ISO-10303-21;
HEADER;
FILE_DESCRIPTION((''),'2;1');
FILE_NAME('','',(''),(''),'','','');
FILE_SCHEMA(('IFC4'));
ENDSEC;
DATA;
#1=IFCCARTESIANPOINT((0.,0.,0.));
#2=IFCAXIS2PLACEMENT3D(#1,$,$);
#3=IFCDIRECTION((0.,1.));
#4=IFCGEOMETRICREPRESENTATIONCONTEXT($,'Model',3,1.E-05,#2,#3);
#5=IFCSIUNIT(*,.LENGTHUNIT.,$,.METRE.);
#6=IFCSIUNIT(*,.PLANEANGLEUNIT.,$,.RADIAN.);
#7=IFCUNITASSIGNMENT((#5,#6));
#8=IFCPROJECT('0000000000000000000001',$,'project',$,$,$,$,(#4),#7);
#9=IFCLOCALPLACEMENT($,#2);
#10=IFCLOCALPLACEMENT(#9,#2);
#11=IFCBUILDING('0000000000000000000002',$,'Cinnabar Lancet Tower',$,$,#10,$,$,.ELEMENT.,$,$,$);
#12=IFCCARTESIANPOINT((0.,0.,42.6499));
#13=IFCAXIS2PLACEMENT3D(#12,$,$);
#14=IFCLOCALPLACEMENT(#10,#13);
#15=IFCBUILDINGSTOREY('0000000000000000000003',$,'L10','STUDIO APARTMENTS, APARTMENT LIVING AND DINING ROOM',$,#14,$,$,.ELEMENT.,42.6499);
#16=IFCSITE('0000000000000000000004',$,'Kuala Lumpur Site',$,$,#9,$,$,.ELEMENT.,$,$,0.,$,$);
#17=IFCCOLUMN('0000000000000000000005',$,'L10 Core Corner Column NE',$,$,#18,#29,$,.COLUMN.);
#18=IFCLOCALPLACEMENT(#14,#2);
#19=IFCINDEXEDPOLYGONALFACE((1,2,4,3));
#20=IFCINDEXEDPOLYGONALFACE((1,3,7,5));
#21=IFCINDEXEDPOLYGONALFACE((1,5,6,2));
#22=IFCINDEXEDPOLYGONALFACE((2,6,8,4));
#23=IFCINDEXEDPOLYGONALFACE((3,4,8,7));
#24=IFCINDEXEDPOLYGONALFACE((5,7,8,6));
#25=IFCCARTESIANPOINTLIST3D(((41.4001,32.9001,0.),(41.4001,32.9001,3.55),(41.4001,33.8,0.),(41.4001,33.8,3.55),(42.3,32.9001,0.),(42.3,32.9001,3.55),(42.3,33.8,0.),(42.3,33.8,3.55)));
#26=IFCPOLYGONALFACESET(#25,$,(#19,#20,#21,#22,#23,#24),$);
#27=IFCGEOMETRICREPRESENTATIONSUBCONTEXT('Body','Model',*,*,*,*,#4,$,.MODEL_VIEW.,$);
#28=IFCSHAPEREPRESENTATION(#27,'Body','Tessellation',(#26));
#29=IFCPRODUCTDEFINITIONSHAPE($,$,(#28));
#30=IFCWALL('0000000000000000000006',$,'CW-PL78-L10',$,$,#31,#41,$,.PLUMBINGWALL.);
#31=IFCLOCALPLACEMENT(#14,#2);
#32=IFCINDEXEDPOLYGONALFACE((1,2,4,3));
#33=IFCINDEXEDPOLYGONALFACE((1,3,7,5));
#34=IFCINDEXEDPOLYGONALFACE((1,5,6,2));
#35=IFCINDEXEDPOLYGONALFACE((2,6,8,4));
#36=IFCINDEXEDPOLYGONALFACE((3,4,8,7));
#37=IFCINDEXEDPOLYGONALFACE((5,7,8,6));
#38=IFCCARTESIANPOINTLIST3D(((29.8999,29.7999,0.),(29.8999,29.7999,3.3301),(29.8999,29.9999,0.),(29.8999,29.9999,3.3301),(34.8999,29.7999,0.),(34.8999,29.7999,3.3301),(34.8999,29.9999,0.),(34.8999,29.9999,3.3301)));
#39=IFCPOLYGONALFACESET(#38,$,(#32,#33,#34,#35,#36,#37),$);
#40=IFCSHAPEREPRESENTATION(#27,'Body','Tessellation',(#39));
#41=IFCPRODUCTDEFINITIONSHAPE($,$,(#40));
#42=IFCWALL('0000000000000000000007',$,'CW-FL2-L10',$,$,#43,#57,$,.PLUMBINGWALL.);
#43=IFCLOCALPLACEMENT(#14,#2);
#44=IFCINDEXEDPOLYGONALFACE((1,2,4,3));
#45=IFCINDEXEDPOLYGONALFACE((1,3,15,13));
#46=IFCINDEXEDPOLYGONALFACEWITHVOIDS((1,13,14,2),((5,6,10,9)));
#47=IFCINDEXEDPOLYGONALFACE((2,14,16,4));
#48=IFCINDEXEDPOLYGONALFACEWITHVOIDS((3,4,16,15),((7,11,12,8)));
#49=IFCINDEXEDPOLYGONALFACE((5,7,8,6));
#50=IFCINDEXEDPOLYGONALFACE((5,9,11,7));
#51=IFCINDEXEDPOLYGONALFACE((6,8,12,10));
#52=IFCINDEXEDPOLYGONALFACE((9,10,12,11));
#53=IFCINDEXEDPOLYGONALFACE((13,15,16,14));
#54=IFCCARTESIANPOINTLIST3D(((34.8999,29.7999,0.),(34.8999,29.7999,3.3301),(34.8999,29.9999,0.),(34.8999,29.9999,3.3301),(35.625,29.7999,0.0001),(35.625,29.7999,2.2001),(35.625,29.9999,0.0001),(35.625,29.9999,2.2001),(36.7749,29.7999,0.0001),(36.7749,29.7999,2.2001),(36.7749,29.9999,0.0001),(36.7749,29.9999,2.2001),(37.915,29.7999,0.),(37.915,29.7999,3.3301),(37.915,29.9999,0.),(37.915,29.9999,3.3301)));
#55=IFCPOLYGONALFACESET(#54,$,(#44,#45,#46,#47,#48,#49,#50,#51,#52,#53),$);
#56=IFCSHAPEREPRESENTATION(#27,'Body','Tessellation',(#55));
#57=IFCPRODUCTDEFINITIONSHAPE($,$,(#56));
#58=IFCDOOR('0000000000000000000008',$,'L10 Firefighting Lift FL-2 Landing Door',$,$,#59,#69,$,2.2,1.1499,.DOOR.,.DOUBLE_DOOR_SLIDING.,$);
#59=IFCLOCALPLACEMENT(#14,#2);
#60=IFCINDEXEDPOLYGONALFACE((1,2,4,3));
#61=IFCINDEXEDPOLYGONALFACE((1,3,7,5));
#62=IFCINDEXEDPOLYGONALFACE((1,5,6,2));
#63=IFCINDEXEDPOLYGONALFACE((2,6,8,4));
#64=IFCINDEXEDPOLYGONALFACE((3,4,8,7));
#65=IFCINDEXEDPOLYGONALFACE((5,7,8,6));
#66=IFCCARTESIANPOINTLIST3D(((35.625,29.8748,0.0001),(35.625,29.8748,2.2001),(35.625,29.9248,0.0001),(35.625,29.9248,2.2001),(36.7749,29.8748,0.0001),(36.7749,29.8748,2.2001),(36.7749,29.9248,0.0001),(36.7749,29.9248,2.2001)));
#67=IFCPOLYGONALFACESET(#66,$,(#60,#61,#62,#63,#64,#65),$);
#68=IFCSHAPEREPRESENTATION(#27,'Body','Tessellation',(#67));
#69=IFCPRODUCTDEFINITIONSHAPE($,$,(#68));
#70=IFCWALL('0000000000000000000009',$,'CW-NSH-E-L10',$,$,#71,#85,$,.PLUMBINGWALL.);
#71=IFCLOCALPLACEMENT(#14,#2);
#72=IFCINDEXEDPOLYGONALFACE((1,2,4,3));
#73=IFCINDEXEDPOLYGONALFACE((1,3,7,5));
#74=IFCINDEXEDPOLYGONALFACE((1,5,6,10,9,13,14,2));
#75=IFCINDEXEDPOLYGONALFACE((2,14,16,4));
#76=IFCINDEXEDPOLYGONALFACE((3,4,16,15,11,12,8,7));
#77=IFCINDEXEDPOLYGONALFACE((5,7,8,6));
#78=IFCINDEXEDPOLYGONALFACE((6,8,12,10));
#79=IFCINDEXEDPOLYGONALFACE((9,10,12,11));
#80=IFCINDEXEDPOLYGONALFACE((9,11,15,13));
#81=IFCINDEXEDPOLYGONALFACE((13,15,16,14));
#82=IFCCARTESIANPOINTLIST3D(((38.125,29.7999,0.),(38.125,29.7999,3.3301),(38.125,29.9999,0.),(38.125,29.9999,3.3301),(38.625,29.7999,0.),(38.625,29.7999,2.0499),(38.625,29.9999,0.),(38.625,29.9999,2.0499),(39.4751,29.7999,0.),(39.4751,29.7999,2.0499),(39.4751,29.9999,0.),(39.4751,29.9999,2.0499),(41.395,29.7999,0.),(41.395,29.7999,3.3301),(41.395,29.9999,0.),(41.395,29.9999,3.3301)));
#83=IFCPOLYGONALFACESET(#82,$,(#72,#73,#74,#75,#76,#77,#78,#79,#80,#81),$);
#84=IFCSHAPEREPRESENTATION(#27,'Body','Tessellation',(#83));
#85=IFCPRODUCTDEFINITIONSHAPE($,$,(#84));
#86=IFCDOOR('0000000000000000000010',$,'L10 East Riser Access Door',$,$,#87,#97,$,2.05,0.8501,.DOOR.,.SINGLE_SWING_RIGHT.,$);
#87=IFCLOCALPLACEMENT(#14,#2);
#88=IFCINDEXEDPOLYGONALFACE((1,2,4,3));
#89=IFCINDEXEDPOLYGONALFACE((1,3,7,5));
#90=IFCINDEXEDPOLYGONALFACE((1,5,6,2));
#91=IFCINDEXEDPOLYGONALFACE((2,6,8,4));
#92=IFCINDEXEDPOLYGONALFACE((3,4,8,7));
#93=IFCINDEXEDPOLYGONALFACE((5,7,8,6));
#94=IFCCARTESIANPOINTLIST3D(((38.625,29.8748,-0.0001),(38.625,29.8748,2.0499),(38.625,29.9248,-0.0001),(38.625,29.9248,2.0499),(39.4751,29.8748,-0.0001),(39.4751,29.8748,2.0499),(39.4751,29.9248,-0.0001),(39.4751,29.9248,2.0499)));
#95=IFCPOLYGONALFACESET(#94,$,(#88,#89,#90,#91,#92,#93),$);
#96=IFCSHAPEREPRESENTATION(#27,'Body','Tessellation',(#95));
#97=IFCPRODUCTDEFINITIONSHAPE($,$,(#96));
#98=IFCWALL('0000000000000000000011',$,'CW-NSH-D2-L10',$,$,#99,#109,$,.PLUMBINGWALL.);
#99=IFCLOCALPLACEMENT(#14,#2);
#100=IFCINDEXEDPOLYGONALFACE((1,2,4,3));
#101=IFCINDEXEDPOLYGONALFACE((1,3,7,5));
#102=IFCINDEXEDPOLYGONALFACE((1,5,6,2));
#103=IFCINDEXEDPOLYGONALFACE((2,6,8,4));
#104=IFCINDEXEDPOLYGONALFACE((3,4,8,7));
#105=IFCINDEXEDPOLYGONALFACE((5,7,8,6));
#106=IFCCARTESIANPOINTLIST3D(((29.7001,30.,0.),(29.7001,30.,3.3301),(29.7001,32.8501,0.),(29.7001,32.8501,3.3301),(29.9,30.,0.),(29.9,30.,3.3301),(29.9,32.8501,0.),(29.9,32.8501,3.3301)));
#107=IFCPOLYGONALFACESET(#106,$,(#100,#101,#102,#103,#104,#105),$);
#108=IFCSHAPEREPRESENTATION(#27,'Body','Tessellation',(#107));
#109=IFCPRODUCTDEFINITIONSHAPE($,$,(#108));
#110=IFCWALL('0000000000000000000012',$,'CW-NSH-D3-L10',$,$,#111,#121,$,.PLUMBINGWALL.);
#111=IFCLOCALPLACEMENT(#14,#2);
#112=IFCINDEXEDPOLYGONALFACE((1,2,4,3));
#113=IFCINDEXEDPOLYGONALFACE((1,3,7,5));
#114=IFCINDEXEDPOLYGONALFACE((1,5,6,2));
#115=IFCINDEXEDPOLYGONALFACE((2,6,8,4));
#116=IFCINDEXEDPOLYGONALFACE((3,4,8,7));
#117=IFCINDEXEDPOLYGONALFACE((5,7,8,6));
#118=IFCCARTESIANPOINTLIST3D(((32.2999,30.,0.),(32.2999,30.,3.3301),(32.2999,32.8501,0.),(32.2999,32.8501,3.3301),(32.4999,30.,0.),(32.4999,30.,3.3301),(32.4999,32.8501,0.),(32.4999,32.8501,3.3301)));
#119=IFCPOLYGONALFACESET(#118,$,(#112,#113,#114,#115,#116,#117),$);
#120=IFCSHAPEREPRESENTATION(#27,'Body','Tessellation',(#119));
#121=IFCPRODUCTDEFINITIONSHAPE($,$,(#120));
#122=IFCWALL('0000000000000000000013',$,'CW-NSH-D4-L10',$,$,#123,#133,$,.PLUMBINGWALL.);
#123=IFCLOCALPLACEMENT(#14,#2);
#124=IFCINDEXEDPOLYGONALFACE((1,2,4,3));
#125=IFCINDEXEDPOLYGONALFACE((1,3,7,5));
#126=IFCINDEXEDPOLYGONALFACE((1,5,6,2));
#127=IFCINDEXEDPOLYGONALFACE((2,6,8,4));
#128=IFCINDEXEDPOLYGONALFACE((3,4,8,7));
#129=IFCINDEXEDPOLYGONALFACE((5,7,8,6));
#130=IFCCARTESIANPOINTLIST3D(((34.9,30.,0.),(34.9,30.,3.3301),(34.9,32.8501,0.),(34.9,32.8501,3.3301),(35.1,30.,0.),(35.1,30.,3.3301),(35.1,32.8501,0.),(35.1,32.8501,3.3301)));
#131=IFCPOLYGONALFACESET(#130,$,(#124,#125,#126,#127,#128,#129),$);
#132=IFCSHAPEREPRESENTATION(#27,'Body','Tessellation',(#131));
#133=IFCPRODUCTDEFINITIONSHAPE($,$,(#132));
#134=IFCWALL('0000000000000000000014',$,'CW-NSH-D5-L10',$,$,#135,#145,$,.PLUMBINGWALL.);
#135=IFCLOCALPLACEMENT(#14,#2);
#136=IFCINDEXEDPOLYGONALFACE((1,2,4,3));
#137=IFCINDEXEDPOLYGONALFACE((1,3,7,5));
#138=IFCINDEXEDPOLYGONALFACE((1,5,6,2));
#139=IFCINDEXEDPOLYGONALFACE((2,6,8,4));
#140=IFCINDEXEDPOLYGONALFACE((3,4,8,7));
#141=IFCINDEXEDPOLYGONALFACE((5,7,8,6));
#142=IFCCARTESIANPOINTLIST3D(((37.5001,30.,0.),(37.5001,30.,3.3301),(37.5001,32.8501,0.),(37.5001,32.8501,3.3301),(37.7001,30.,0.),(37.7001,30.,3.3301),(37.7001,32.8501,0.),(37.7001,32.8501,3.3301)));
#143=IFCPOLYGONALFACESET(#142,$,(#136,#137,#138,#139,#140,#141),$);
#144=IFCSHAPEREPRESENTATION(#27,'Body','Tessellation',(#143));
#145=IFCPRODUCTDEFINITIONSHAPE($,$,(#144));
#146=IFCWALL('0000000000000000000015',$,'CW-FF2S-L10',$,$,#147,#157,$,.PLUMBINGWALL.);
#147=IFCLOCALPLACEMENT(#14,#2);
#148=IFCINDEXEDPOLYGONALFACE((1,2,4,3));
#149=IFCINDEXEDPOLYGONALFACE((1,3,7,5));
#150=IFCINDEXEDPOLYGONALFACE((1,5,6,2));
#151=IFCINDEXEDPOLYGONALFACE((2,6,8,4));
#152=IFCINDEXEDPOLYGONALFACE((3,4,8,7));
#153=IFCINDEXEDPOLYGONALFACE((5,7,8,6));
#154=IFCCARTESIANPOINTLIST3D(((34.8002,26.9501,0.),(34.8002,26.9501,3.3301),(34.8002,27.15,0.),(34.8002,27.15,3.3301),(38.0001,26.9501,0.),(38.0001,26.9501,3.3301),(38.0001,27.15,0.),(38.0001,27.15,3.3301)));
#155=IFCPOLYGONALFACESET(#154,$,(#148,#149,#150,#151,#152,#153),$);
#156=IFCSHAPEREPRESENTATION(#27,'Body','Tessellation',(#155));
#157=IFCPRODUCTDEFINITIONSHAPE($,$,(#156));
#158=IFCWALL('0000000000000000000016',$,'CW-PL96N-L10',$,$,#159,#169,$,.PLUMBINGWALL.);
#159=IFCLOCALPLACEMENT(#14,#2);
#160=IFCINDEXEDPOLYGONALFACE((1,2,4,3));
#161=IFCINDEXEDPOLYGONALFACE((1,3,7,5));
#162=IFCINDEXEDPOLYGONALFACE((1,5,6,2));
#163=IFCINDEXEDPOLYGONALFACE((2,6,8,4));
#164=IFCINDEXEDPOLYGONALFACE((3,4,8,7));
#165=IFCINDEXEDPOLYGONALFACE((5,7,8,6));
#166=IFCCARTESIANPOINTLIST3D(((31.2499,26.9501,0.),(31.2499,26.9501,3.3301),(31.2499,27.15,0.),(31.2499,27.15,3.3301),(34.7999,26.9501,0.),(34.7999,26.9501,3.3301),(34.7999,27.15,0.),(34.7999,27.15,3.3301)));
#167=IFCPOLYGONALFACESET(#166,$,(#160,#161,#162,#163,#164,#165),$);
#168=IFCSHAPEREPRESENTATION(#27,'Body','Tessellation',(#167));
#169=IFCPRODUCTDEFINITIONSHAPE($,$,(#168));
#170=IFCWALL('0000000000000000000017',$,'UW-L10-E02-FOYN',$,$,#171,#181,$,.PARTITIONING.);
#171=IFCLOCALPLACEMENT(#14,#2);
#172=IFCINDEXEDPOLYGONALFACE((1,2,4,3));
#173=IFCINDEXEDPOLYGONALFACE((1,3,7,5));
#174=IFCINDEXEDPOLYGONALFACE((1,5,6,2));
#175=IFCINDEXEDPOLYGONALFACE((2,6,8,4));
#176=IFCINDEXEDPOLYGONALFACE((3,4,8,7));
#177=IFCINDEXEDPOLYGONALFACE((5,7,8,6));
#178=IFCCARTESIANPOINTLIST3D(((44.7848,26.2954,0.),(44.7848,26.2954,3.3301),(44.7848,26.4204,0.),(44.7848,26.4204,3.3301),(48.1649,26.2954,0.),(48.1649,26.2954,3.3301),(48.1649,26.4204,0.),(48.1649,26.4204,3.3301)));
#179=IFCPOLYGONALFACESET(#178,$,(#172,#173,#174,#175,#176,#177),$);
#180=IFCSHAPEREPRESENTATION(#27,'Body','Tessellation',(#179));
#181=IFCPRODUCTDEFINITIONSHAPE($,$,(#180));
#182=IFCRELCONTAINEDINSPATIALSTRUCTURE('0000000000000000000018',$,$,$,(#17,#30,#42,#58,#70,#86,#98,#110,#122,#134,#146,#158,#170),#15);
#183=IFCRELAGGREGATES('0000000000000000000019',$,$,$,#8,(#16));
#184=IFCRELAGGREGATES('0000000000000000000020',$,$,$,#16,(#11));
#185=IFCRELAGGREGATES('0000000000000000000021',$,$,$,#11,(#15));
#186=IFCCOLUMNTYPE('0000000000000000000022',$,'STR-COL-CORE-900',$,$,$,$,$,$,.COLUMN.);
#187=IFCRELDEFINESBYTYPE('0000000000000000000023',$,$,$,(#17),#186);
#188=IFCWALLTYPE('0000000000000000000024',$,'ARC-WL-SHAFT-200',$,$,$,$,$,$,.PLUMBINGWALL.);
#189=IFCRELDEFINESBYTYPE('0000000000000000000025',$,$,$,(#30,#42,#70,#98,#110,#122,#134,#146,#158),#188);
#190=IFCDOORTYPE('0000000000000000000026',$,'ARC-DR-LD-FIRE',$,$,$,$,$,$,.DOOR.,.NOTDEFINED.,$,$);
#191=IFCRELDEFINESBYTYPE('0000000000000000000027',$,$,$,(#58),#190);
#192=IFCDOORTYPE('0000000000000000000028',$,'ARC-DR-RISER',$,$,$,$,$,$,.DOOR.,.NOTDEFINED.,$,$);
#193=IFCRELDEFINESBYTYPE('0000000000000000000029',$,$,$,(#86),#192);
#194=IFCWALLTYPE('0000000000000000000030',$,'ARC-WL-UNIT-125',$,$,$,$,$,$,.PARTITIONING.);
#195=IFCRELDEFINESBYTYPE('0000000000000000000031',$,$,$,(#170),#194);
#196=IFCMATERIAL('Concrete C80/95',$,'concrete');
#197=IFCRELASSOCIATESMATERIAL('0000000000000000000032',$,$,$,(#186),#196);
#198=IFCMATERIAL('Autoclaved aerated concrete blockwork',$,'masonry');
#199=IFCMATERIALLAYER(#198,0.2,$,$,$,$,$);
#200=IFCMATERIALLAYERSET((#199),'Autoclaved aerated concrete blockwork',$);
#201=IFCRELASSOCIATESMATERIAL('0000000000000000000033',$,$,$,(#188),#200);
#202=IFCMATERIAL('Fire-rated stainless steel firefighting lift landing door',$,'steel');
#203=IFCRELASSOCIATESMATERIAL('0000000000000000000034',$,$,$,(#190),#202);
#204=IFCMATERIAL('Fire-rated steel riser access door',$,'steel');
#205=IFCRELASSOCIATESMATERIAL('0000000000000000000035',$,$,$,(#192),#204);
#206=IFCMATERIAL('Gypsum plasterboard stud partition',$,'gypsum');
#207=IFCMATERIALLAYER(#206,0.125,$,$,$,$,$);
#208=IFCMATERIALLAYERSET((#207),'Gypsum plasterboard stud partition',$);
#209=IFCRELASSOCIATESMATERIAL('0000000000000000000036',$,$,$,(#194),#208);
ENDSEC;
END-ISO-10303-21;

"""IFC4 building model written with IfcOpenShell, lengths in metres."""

from ifc_helpers import new_model, si_unit, direction, frame, frame_2d, origin, origin_2d, place, context, subcontext, project, spatial, rectangle, extrude, material, layer, layer_set, material_profile, profile_set, type_object, element, fill, save


model = new_model("IFC4")

# Units and contexts
model_context = context("Model", 3, precision=1e-05, world=origin(), true_north=direction((0.0, 1.0)))
body_context = subcontext(model_context, "Body", "Model", "MODEL_VIEW")
ifc_project = project(units=[si_unit("LENGTHUNIT", "METRE"), si_unit("PLANEANGLEUNIT", "RADIAN")], contexts=[model_context])

# Site, building, storey
site_placement = place(None, origin())
site = spatial("IfcSite", under=ifc_project, at=site_placement, Name="Kuala Lumpur Site", CompositionType="ELEMENT", RefElevation=0.0)
building_placement = place(site_placement, origin())
building = spatial("IfcBuilding", under=site, at=building_placement, Name="Cinnabar Lancet Tower", CompositionType="ELEMENT")
storey_placement = place(building_placement, frame((0.0, 0.0, 42.6499)))
storey = spatial("IfcBuildingStorey", under=building, at=storey_placement, Name="L10", Description="STUDIO APARTMENTS, APARTMENT LIVING AND DINING ROOM", CompositionType="ELEMENT", Elevation=42.6499)

# Column
ifc_material_1 = material(Name="Concrete C80/95", Category="concrete")
ifc_material_profile = material_profile(ifc_material_1, rectangle(XDim=0.8999, YDim=0.8999, at=origin_2d()), Name="RC-COL 900x900")
ifc_profile_set = profile_set([ifc_material_profile], Name="Concrete C80/95")
column_type = type_object("IfcColumnType", Name="STR-COL-CORE-900", PredefinedType="COLUMN", material=ifc_profile_set)
column_placement = place(storey_placement, frame((41.8501, 33.3501, 0.0), z_axis=(0.0, 0.0, 1.0), x_axis=(1.0, 0.0, 0.0)))
element("IfcColumn", 1, at=column_placement, inside=storey, type_object=column_type, Name="L10 Core Corner Column NE", PredefinedType="COLUMN", context=body_context, shape_type="SweptSolid", body=[
    extrude(rectangle(XDim=0.8999, YDim=0.8999, at=origin_2d()), origin(), (0.0, 0.0, 1.0), 3.55),
])

# Wall
ifc_material_2 = material(Name="Autoclaved aerated concrete blockwork", Category="masonry")
ifc_layer_1 = layer(ifc_material_2, 0.2)
ifc_layer_set_1 = layer_set([ifc_layer_1], Name="Autoclaved aerated concrete blockwork")
wall_type_1 = type_object("IfcWallType", Name="ARC-WL-SHAFT-200", PredefinedType="PLUMBINGWALL", material=ifc_layer_set_1)
wall_1_placement = place(storey_placement, frame((29.8999, 29.8999, 0.0), z_axis=(0.0, 0.0, 1.0), x_axis=(1.0, 0.0, 0.0)))
element("IfcWall", 2, at=wall_1_placement, inside=storey, type_object=wall_type_1, Name="CW-PL78-L10", PredefinedType="PLUMBINGWALL", context=body_context, shape_type="SweptSolid", body=[
    extrude(rectangle(XDim=5.0, YDim=0.2, at=frame_2d((2.5, 0.0))), origin(), (0.0, 0.0, 1.0), 3.3301),
])

# Walls, openings, doors
wall_2_placement = place(storey_placement, frame((34.8999, 29.8999, 0.0), z_axis=(0.0, 0.0, 1.0), x_axis=(1.0, 0.0, 0.0)))
wall_2 = element("IfcWall", 3, at=wall_2_placement, inside=storey, type_object=wall_type_1, Name="CW-FL2-L10", PredefinedType="PLUMBINGWALL", context=body_context, shape_type="SweptSolid", body=[
    extrude(rectangle(XDim=3.0151, YDim=0.2, at=frame_2d((1.5076, 0.0))), origin(), (0.0, 0.0, 1.0), 3.3301),
])
opening_1_placement = place(wall_2_placement, frame((0.7251, 0.0, 0.0)))
opening_1 = element("IfcOpeningElement", 4, at=opening_1_placement, cuts=wall_2, PredefinedType="OPENING", context=body_context, shape_type="SweptSolid", body=[
    extrude(rectangle(XDim=1.1499, YDim=2.2, at=frame_2d((0.575, 1.1001))), frame((0.0, 0.1099, 0.0), z_axis=(0.0, -1.0, 0.0), x_axis=(1.0, 0.0, 0.0)), (0.0, 0.0, 1.0), 0.22),
])
ifc_material_3 = material(Name="Fire-rated stainless steel firefighting lift landing door", Category="steel")
door_type_1 = type_object("IfcDoorType", Name="ARC-DR-LD-FIRE", OperationType="NOTDEFINED", PredefinedType="DOOR", material=ifc_material_3)
door_1_placement = place(opening_1_placement, origin())
door_1 = element("IfcDoor", 5, at=door_1_placement, inside=storey, type_object=door_type_1, Name="L10 Firefighting Lift FL-2 Landing Door", OperationType="DOUBLE_DOOR_SLIDING", OverallHeight=2.2, OverallWidth=1.1499, PredefinedType="DOOR", context=body_context, shape_type="SweptSolid", body=[
    extrude(rectangle(XDim=1.1499, YDim=2.2, at=frame_2d((0.575, 1.1001))), frame((0.0, 0.0249, 0.0), z_axis=(0.0, -1.0, 0.0), x_axis=(1.0, 0.0, 0.0)), (0.0, 0.0, 1.0), 0.05),
])
fill(opening_1, door_1)
wall_3_placement = place(storey_placement, frame((38.125, 29.8999, 0.0), z_axis=(0.0, 0.0, 1.0), x_axis=(1.0, 0.0, 0.0)))
wall_3 = element("IfcWall", 6, at=wall_3_placement, inside=storey, type_object=wall_type_1, Name="CW-NSH-E-L10", PredefinedType="PLUMBINGWALL", context=body_context, shape_type="SweptSolid", body=[
    extrude(rectangle(XDim=3.27, YDim=0.2, at=frame_2d((1.635, 0.0))), origin(), (0.0, 0.0, 1.0), 3.3301),
])
opening_2_placement = place(wall_3_placement, frame((0.5, 0.0, 0.0)))
opening_2 = element("IfcOpeningElement", 7, at=opening_2_placement, cuts=wall_3, PredefinedType="OPENING", context=body_context, shape_type="SweptSolid", body=[
    extrude(rectangle(XDim=0.8501, YDim=2.05, at=frame_2d((0.425, 1.0249))), frame((0.0, 0.1099, 0.0), z_axis=(0.0, -1.0, 0.0), x_axis=(1.0, 0.0, 0.0)), (0.0, 0.0, 1.0), 0.22),
])
ifc_material_4 = material(Name="Fire-rated steel riser access door", Category="steel")
door_type_2 = type_object("IfcDoorType", Name="ARC-DR-RISER", OperationType="NOTDEFINED", PredefinedType="DOOR", material=ifc_material_4)
door_2_placement = place(opening_2_placement, origin())
door_2 = element("IfcDoor", 8, at=door_2_placement, inside=storey, type_object=door_type_2, Name="L10 East Riser Access Door", OperationType="SINGLE_SWING_RIGHT", OverallHeight=2.05, OverallWidth=0.8501, PredefinedType="DOOR", context=body_context, shape_type="SweptSolid", body=[
    extrude(rectangle(XDim=0.8501, YDim=2.05, at=frame_2d((0.425, 1.0249))), frame((0.0, 0.0249, 0.0), z_axis=(0.0, -1.0, 0.0), x_axis=(1.0, 0.0, 0.0)), (0.0, 0.0, 1.0), 0.05),
])
fill(opening_2, door_2)

# Walls
for number, where, z_axis, x_axis, name in (
    (9, (29.8, 30.0, 0.0), (0.0, 0.0, 1.0), (0.0, 1.0, 0.0), "CW-NSH-D2-L10"),
    (10, (32.3999, 30.0, 0.0), (0.0, 0.0, 1.0), (0.0, 1.0, 0.0), "CW-NSH-D3-L10"),
    (11, (35.0, 30.0, 0.0), (0.0, 0.0, 1.0), (0.0, 1.0, 0.0), "CW-NSH-D4-L10"),
    (12, (37.6001, 30.0, 0.0), (0.0, 0.0, 1.0), (0.0, 1.0, 0.0), "CW-NSH-D5-L10"),
):
    element("IfcWall", number, at=place(storey_placement, frame(where, z_axis=z_axis, x_axis=x_axis)), inside=storey, type_object=wall_type_1, Name=name, PredefinedType="PLUMBINGWALL", context=body_context, shape_type="SweptSolid", body=[
        extrude(rectangle(XDim=2.8501, YDim=0.2, at=frame_2d((1.425, 0.0))), origin(), (0.0, 0.0, 1.0), 3.3301),
    ])

# Walls
wall_4_placement = place(storey_placement, frame((34.8, 27.05, 0.0), z_axis=(0.0, 0.0, 1.0), x_axis=(1.0, 0.0, 0.0)))
element("IfcWall", 13, at=wall_4_placement, inside=storey, type_object=wall_type_1, Name="CW-FF2S-L10", PredefinedType="PLUMBINGWALL", context=body_context, shape_type="SweptSolid", body=[
    extrude(rectangle(XDim=3.2, YDim=0.2, at=frame_2d((1.6001, 0.0))), origin(), (0.0, 0.0, 1.0), 3.3301),
])
wall_5_placement = place(storey_placement, frame((31.25, 27.05, 0.0), z_axis=(0.0, 0.0, 1.0), x_axis=(1.0, 0.0, 0.0)))
element("IfcWall", 14, at=wall_5_placement, inside=storey, type_object=wall_type_1, Name="CW-PL96N-L10", PredefinedType="PLUMBINGWALL", context=body_context, shape_type="SweptSolid", body=[
    extrude(rectangle(XDim=3.55, YDim=0.2, at=frame_2d((1.7749, 0.0))), origin(), (0.0, 0.0, 1.0), 3.3301),
])
ifc_material_5 = material(Name="Gypsum plasterboard stud partition", Category="gypsum")
ifc_layer_2 = layer(ifc_material_5, 0.125)
ifc_layer_set_2 = layer_set([ifc_layer_2], Name="Gypsum plasterboard stud partition")
wall_type_2 = type_object("IfcWallType", Name="ARC-WL-UNIT-125", PredefinedType="PARTITIONING", material=ifc_layer_set_2)
wall_6_placement = place(storey_placement, frame((44.7849, 26.3579, 0.0), z_axis=(0.0, 0.0, 1.0), x_axis=(1.0, 0.0, 0.0)))
element("IfcWall", 15, at=wall_6_placement, inside=storey, type_object=wall_type_2, Name="UW-L10-E02-FOYN", PredefinedType="PARTITIONING", context=body_context, shape_type="SweptSolid", body=[
    extrude(rectangle(XDim=3.3801, YDim=0.125, at=frame_2d((1.6899, 0.0))), origin(), (0.0, 0.0, 1.0), 3.3301),
])

save(model, "model.ifc")
